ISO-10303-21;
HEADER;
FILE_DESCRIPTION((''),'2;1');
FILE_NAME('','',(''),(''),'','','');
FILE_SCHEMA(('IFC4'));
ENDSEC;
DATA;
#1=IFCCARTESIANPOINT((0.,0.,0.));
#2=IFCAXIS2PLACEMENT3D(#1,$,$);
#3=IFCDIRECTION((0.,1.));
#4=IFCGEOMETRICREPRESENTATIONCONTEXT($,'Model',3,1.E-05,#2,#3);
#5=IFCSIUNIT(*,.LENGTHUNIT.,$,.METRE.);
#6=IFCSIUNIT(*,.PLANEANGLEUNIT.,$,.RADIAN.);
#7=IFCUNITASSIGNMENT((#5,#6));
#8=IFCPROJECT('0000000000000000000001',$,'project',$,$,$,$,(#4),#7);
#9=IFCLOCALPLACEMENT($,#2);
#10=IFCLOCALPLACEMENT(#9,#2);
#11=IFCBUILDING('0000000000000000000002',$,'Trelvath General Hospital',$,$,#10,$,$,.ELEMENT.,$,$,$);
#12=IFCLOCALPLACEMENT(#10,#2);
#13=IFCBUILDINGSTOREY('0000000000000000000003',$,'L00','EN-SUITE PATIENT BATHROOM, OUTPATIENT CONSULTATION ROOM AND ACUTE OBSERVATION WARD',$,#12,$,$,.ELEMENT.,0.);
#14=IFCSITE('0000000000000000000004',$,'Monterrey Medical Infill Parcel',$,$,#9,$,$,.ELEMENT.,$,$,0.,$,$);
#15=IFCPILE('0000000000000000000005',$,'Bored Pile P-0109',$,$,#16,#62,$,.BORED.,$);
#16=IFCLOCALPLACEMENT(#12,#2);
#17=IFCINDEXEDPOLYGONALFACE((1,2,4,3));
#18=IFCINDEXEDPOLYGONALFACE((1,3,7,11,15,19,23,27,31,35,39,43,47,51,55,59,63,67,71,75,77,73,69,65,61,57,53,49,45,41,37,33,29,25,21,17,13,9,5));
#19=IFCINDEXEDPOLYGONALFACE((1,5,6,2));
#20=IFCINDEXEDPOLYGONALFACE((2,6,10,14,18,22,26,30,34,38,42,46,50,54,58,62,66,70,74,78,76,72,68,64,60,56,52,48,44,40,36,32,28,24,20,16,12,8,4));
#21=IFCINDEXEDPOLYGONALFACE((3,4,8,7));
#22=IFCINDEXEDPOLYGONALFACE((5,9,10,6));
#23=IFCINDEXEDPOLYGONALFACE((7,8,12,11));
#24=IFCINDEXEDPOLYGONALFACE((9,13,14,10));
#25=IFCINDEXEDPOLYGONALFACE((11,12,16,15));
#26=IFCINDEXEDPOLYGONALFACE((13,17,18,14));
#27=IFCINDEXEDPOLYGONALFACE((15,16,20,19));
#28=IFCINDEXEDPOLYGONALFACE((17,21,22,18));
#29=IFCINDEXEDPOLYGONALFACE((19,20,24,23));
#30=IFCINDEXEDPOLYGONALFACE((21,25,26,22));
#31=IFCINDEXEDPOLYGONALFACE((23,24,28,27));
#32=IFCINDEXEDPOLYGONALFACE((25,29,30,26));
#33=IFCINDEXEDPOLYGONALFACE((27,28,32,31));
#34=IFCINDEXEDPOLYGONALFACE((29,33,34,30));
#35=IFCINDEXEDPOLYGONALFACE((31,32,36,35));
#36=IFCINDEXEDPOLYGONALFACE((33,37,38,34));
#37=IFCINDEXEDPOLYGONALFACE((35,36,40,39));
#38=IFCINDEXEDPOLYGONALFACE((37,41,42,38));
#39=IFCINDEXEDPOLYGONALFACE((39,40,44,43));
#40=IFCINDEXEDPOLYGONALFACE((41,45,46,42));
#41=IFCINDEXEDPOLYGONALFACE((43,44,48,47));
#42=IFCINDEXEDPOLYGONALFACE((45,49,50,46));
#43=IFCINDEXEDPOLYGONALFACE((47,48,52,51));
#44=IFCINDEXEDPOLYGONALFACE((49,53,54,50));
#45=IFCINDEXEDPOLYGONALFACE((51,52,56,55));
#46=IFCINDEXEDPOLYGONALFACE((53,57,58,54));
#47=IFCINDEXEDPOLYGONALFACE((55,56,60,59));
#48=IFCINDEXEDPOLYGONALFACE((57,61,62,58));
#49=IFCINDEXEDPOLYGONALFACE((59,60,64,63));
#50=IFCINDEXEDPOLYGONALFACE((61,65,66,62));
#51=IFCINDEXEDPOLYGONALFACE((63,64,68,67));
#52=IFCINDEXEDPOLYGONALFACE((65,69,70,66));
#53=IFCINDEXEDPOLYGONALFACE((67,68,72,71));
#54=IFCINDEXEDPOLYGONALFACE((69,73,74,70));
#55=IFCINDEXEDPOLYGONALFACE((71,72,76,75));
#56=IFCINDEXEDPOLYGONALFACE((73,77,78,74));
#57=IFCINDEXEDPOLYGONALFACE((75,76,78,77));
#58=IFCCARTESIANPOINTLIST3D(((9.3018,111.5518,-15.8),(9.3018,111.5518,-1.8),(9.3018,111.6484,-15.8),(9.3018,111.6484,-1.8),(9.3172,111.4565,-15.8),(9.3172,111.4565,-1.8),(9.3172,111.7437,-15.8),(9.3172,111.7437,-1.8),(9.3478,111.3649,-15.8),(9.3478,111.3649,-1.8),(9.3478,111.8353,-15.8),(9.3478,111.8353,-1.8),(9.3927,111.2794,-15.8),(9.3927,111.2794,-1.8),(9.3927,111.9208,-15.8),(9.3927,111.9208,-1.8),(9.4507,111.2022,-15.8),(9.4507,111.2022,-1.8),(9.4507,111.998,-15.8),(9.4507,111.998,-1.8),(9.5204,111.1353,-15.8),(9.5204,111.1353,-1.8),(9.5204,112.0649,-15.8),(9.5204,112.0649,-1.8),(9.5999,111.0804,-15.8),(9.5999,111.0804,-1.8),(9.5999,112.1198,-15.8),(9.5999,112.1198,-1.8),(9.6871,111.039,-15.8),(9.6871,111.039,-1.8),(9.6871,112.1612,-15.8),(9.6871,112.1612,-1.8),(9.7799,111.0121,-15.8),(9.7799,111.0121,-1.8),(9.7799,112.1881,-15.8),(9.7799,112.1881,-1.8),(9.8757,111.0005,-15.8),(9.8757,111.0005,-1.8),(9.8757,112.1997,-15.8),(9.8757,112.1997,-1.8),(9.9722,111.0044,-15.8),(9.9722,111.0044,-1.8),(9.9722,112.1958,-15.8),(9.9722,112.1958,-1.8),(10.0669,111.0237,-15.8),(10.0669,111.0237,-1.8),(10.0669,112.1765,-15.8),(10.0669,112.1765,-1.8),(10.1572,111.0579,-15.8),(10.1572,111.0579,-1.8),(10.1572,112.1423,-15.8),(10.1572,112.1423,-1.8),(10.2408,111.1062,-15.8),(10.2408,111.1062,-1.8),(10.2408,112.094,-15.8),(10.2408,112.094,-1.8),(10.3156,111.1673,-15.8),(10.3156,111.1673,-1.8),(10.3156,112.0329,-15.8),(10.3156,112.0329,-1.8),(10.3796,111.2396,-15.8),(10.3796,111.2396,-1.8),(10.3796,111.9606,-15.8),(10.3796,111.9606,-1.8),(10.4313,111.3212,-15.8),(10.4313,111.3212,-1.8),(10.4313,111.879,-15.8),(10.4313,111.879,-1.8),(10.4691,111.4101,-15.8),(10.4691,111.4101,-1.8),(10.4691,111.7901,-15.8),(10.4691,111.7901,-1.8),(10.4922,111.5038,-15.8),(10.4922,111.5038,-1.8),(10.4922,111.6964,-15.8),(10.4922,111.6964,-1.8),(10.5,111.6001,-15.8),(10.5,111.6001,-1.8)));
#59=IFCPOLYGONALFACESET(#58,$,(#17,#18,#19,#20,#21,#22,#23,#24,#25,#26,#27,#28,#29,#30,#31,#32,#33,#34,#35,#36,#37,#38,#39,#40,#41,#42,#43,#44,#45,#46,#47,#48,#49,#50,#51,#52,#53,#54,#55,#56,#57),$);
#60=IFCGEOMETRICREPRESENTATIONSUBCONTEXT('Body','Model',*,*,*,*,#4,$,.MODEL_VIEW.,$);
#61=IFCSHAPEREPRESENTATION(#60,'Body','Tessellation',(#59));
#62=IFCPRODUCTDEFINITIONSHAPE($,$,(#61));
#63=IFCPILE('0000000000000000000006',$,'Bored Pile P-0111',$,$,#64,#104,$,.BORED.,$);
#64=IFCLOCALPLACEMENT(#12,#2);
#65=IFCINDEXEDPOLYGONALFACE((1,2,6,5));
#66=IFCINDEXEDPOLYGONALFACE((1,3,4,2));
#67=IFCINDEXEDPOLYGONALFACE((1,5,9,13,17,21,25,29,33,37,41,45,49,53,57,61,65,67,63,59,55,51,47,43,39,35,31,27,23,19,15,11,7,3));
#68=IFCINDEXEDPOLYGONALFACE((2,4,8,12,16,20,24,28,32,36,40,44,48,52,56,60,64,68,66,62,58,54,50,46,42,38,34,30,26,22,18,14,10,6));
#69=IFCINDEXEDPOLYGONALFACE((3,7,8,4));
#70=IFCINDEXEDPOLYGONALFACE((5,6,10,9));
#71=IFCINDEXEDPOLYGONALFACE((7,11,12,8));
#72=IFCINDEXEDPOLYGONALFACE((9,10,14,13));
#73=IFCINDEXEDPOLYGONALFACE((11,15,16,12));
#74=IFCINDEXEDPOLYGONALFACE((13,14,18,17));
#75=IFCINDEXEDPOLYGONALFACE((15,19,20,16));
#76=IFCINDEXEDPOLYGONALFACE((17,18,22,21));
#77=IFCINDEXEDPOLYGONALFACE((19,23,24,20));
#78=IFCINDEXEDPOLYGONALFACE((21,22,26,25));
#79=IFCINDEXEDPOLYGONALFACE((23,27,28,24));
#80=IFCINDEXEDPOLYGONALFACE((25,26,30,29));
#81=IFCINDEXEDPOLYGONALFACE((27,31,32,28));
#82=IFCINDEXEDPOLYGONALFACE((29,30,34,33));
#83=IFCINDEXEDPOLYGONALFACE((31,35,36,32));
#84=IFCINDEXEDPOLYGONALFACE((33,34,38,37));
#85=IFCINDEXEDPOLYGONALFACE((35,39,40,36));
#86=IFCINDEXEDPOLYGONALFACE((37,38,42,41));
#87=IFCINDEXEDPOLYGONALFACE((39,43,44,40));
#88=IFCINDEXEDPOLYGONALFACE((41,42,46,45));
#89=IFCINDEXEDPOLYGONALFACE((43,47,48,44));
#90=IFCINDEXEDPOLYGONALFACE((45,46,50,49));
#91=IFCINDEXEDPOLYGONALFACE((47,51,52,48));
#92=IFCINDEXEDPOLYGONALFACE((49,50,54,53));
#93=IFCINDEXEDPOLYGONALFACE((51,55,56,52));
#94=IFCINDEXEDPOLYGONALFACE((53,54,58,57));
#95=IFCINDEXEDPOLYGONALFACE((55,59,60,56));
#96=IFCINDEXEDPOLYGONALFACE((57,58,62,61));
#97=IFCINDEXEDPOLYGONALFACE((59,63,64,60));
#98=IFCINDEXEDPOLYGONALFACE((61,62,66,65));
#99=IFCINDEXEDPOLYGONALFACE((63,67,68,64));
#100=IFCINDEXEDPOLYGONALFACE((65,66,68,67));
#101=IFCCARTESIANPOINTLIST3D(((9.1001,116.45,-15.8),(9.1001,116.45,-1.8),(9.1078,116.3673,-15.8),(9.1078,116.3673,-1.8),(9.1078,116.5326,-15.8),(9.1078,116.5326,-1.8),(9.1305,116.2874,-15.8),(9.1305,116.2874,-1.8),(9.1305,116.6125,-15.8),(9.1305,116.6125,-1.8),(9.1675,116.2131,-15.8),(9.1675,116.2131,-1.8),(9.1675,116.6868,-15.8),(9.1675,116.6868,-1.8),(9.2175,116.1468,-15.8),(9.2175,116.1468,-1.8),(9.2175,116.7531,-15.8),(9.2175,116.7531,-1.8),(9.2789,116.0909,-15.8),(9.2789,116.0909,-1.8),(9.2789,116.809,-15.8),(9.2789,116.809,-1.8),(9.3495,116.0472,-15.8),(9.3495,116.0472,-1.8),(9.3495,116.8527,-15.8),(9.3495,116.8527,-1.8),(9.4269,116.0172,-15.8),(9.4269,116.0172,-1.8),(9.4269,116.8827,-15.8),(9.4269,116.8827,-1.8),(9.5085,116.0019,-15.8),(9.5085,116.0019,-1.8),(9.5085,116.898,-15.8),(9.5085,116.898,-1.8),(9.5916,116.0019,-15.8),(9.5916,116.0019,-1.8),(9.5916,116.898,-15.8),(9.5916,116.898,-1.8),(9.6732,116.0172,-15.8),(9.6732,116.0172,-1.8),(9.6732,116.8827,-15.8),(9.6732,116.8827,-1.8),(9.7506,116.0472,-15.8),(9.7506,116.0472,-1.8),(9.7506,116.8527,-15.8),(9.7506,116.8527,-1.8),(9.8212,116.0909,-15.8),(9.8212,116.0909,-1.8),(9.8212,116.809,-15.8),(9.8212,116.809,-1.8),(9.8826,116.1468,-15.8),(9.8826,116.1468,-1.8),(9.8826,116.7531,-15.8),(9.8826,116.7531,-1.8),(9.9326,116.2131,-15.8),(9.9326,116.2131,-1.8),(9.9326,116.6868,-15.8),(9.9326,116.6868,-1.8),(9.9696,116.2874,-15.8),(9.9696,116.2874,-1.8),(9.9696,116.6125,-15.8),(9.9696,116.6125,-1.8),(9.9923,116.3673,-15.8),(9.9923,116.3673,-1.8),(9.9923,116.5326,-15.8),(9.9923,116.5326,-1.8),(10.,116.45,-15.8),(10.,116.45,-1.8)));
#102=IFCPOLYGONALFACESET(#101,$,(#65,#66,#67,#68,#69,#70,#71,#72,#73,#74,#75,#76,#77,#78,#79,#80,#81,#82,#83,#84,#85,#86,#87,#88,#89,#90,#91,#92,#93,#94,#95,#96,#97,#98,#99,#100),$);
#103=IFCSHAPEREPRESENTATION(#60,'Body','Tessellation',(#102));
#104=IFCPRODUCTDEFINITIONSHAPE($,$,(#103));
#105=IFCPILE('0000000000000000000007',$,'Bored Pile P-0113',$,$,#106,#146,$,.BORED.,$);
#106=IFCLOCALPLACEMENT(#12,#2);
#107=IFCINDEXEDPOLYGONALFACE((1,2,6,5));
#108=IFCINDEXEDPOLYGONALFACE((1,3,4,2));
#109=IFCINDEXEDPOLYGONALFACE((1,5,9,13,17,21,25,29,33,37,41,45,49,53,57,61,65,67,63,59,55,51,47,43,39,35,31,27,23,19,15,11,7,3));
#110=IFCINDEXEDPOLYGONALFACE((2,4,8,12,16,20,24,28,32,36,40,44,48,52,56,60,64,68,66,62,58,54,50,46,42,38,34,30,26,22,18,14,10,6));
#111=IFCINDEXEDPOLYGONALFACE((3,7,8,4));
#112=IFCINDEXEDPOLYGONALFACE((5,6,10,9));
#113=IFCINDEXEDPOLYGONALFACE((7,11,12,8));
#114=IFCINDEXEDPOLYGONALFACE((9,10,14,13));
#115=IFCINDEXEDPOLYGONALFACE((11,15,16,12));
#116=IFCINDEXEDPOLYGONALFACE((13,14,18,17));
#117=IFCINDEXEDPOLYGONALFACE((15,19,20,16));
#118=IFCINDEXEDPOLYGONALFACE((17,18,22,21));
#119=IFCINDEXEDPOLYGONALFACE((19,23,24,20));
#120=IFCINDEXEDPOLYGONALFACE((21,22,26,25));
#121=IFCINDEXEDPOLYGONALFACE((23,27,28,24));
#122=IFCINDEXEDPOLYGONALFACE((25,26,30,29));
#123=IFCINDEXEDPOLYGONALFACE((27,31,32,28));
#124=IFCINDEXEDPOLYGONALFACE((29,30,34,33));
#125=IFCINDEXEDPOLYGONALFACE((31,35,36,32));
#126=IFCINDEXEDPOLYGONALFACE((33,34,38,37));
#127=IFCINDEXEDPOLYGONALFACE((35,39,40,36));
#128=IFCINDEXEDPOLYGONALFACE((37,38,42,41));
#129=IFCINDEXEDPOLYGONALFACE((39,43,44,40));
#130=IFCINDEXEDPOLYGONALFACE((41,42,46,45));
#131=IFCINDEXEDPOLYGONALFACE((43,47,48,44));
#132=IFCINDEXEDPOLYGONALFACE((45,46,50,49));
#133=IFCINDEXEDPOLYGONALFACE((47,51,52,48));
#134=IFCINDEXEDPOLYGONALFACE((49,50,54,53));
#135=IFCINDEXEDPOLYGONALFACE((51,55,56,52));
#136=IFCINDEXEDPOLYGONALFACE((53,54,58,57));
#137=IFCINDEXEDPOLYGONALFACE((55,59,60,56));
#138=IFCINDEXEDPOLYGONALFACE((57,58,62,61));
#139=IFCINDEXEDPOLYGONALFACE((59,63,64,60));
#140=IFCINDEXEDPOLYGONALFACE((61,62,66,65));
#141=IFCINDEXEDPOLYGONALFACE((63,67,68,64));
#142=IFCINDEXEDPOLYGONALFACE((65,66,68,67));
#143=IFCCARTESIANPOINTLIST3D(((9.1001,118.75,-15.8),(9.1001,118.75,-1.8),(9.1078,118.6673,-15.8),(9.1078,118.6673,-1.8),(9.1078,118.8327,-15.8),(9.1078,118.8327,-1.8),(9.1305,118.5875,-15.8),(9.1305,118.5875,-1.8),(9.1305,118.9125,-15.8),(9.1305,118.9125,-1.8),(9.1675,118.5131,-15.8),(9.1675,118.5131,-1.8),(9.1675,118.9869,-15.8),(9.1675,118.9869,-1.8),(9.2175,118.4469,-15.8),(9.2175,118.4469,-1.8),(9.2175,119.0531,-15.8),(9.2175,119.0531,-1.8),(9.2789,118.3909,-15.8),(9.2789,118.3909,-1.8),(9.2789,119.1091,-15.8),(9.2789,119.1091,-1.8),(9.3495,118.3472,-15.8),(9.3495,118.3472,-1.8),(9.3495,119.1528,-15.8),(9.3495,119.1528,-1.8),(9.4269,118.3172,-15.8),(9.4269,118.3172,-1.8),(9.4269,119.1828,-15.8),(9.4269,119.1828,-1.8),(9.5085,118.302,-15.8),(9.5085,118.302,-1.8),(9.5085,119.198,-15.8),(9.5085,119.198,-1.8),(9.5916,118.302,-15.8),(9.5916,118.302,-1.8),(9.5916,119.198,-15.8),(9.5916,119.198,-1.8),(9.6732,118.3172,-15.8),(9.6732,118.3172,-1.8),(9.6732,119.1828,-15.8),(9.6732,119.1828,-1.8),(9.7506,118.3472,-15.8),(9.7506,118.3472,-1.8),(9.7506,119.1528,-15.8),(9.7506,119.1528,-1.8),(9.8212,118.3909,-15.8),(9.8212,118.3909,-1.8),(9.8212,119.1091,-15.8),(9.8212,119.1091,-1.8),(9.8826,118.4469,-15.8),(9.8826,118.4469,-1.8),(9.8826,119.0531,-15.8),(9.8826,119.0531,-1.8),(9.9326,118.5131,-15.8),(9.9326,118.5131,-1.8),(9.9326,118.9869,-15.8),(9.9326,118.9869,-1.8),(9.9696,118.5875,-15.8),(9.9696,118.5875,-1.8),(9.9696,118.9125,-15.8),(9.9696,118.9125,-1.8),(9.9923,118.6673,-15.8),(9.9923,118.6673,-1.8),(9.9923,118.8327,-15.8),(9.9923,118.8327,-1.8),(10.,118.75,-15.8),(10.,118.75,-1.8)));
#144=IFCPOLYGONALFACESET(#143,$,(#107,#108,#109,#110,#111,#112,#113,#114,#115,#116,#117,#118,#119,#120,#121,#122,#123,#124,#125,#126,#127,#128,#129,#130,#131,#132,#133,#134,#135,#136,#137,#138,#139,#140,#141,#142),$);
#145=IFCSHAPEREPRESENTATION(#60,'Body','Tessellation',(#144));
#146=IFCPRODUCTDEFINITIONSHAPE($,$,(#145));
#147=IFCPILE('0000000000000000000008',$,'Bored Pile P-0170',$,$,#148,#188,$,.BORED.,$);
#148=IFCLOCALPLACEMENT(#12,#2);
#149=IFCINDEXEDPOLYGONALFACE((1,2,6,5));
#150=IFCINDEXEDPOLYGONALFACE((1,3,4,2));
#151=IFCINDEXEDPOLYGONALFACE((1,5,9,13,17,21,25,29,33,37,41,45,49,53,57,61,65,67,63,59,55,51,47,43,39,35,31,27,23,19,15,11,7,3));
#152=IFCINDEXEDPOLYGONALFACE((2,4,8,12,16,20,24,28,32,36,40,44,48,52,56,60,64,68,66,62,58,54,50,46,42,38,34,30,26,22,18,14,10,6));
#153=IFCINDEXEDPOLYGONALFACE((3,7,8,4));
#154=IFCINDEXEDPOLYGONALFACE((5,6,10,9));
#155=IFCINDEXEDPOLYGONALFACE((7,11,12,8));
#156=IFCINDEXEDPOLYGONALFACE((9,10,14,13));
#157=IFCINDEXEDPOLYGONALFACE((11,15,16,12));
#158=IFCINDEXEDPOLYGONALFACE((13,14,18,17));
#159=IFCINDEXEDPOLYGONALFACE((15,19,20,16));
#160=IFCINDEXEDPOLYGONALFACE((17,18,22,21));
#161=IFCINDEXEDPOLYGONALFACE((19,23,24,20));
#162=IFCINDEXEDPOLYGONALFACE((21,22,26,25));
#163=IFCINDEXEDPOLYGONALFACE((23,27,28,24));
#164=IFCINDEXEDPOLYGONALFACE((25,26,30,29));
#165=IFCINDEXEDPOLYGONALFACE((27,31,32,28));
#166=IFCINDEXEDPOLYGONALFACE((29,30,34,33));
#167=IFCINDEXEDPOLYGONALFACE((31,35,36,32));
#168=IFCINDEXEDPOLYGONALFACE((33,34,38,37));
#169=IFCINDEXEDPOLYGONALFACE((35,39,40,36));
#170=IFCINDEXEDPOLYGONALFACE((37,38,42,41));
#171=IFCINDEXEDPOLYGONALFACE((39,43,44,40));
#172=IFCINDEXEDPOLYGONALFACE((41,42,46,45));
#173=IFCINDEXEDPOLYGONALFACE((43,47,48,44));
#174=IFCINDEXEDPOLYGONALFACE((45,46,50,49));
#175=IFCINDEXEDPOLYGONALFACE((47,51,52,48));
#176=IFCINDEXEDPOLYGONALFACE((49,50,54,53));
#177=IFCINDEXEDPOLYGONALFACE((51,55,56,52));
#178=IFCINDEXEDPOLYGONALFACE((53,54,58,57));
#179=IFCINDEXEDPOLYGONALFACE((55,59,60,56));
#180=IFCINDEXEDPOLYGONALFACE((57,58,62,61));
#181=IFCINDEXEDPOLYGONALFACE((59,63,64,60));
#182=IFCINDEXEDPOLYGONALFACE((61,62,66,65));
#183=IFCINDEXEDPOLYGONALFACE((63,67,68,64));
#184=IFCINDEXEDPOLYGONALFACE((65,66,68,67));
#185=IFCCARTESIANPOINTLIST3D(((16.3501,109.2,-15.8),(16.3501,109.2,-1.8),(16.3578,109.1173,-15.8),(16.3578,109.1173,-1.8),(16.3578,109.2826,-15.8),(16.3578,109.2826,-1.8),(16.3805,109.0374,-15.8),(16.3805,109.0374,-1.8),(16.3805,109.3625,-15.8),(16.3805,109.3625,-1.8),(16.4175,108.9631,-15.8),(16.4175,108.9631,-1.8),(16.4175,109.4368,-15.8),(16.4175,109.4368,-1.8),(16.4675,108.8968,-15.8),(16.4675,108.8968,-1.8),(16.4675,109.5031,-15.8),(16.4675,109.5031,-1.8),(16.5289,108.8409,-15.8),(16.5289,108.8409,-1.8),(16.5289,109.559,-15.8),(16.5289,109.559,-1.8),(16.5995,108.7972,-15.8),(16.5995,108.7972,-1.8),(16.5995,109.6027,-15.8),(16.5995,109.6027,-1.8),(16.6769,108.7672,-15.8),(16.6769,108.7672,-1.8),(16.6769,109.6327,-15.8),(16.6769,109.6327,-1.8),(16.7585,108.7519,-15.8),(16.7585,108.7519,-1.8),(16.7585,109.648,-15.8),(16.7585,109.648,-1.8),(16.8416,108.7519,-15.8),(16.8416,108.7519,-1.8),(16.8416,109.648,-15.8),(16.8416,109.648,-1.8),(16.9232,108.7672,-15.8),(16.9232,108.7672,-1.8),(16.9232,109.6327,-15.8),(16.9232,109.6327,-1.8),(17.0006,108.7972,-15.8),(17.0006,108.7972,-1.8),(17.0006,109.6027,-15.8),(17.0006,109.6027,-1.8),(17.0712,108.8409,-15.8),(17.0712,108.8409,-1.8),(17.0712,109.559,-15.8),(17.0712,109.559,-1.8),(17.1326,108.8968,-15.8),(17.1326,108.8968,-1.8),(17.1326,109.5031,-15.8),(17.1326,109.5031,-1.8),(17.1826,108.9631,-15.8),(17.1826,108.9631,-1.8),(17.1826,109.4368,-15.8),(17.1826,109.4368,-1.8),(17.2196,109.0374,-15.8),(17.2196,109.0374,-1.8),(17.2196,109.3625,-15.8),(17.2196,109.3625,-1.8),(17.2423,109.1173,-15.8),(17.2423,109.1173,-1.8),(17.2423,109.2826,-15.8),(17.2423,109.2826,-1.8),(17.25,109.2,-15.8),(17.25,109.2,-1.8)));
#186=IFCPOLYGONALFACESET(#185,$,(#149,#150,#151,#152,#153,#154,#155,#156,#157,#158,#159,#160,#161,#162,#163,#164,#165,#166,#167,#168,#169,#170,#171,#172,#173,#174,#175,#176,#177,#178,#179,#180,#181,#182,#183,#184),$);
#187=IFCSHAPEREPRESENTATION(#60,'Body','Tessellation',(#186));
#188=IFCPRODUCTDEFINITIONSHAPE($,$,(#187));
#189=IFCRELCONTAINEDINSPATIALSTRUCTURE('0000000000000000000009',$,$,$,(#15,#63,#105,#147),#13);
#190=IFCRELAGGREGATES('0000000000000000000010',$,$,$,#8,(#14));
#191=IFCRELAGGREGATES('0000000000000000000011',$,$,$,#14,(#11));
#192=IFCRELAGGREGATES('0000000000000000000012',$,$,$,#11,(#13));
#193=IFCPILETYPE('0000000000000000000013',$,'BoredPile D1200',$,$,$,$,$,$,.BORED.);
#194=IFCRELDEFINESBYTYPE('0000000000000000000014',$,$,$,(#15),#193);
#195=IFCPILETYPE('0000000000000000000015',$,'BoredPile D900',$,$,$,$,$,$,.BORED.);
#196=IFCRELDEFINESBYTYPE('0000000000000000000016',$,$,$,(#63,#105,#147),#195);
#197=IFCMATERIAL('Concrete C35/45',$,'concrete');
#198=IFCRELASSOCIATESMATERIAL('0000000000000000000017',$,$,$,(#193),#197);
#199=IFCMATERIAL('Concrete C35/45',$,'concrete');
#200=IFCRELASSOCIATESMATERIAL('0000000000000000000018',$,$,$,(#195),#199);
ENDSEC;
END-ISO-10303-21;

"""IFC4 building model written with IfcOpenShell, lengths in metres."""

from ifc_helpers import new_model, si_unit, direction, frame, origin, origin_2d, place, context, subcontext, project, spatial, circle, extrude, material, material_profile, profile_set, type_object, element, save


model = new_model("IFC4")

# Units and contexts
model_context = context("Model", 3, precision=1e-05, world=origin(), true_north=direction((0.0, 1.0)))
body_context = subcontext(model_context, "Body", "Model", "MODEL_VIEW")
ifc_project = project(units=[si_unit("LENGTHUNIT", "METRE"), si_unit("PLANEANGLEUNIT", "RADIAN")], contexts=[model_context])

# Site, building, storey
site_placement = place(None, origin())
site = spatial("IfcSite", under=ifc_project, at=site_placement, Name="Monterrey Medical Infill Parcel", CompositionType="ELEMENT", RefElevation=0.0)
building_placement = place(site_placement, origin())
building = spatial("IfcBuilding", under=site, at=building_placement, Name="Trelvath General Hospital", CompositionType="ELEMENT")
storey_placement = place(building_placement, origin())
storey = spatial("IfcBuildingStorey", under=building, at=storey_placement, Name="L00", Description="EN-SUITE PATIENT BATHROOM, OUTPATIENT CONSULTATION ROOM AND ACUTE OBSERVATION WARD", CompositionType="ELEMENT", Elevation=0.0)

# Piles
ifc_material_1 = material(Name="Concrete C35/45", Category="concrete")
ifc_material_profile_1 = material_profile(ifc_material_1, circle(Radius=0.6001, at=origin_2d()), Name="PILE1200")
ifc_profile_set_1 = profile_set([ifc_material_profile_1], Name="Concrete C35/45")
pile_type_1 = type_object("IfcPileType", Name="BoredPile D1200", PredefinedType="BORED", material=ifc_profile_set_1)
pile_placement = place(storey_placement, frame((9.8999, 111.6001, -1.8), z_axis=(0.0, 0.0, -1.0), x_axis=(1.0, 0.0, 0.0)))
element("IfcPile", 1, at=pile_placement, inside=storey, type_object=pile_type_1, Name="Bored Pile P-0109", PredefinedType="BORED", context=body_context, shape_type="SweptSolid", body=[
    extrude(circle(Radius=0.6001, at=origin_2d()), origin(), (0.0, 0.0, 1.0), 14.0),
])
ifc_material_2 = material(Name="Concrete C35/45", Category="concrete")
ifc_material_profile_2 = material_profile(ifc_material_2, circle(Radius=0.45, at=origin_2d()), Name="PILE900")
ifc_profile_set_2 = profile_set([ifc_material_profile_2], Name="Concrete C35/45")
pile_type_2 = type_object("IfcPileType", Name="BoredPile D900", PredefinedType="BORED", material=ifc_profile_set_2)
for number, where, z_axis, x_axis, name in (
    (2, (9.55, 116.45, -1.8), (0.0, 0.0, -1.0), (1.0, 0.0, 0.0), "Bored Pile P-0111"),
    (3, (9.55, 118.75, -1.8), (0.0, 0.0, -1.0), (1.0, 0.0, 0.0), "Bored Pile P-0113"),
    (4, (16.8, 109.2, -1.8), (0.0, 0.0, -1.0), (1.0, 0.0, 0.0), "Bored Pile P-0170"),
):
    element("IfcPile", number, at=place(storey_placement, frame(where, z_axis=z_axis, x_axis=x_axis)), inside=storey, type_object=pile_type_2, Name=name, PredefinedType="BORED", context=body_context, shape_type="SweptSolid", body=[
        extrude(circle(Radius=0.45, at=origin_2d()), origin(), (0.0, 0.0, 1.0), 14.0),
    ])

save(model, "model.ifc")
